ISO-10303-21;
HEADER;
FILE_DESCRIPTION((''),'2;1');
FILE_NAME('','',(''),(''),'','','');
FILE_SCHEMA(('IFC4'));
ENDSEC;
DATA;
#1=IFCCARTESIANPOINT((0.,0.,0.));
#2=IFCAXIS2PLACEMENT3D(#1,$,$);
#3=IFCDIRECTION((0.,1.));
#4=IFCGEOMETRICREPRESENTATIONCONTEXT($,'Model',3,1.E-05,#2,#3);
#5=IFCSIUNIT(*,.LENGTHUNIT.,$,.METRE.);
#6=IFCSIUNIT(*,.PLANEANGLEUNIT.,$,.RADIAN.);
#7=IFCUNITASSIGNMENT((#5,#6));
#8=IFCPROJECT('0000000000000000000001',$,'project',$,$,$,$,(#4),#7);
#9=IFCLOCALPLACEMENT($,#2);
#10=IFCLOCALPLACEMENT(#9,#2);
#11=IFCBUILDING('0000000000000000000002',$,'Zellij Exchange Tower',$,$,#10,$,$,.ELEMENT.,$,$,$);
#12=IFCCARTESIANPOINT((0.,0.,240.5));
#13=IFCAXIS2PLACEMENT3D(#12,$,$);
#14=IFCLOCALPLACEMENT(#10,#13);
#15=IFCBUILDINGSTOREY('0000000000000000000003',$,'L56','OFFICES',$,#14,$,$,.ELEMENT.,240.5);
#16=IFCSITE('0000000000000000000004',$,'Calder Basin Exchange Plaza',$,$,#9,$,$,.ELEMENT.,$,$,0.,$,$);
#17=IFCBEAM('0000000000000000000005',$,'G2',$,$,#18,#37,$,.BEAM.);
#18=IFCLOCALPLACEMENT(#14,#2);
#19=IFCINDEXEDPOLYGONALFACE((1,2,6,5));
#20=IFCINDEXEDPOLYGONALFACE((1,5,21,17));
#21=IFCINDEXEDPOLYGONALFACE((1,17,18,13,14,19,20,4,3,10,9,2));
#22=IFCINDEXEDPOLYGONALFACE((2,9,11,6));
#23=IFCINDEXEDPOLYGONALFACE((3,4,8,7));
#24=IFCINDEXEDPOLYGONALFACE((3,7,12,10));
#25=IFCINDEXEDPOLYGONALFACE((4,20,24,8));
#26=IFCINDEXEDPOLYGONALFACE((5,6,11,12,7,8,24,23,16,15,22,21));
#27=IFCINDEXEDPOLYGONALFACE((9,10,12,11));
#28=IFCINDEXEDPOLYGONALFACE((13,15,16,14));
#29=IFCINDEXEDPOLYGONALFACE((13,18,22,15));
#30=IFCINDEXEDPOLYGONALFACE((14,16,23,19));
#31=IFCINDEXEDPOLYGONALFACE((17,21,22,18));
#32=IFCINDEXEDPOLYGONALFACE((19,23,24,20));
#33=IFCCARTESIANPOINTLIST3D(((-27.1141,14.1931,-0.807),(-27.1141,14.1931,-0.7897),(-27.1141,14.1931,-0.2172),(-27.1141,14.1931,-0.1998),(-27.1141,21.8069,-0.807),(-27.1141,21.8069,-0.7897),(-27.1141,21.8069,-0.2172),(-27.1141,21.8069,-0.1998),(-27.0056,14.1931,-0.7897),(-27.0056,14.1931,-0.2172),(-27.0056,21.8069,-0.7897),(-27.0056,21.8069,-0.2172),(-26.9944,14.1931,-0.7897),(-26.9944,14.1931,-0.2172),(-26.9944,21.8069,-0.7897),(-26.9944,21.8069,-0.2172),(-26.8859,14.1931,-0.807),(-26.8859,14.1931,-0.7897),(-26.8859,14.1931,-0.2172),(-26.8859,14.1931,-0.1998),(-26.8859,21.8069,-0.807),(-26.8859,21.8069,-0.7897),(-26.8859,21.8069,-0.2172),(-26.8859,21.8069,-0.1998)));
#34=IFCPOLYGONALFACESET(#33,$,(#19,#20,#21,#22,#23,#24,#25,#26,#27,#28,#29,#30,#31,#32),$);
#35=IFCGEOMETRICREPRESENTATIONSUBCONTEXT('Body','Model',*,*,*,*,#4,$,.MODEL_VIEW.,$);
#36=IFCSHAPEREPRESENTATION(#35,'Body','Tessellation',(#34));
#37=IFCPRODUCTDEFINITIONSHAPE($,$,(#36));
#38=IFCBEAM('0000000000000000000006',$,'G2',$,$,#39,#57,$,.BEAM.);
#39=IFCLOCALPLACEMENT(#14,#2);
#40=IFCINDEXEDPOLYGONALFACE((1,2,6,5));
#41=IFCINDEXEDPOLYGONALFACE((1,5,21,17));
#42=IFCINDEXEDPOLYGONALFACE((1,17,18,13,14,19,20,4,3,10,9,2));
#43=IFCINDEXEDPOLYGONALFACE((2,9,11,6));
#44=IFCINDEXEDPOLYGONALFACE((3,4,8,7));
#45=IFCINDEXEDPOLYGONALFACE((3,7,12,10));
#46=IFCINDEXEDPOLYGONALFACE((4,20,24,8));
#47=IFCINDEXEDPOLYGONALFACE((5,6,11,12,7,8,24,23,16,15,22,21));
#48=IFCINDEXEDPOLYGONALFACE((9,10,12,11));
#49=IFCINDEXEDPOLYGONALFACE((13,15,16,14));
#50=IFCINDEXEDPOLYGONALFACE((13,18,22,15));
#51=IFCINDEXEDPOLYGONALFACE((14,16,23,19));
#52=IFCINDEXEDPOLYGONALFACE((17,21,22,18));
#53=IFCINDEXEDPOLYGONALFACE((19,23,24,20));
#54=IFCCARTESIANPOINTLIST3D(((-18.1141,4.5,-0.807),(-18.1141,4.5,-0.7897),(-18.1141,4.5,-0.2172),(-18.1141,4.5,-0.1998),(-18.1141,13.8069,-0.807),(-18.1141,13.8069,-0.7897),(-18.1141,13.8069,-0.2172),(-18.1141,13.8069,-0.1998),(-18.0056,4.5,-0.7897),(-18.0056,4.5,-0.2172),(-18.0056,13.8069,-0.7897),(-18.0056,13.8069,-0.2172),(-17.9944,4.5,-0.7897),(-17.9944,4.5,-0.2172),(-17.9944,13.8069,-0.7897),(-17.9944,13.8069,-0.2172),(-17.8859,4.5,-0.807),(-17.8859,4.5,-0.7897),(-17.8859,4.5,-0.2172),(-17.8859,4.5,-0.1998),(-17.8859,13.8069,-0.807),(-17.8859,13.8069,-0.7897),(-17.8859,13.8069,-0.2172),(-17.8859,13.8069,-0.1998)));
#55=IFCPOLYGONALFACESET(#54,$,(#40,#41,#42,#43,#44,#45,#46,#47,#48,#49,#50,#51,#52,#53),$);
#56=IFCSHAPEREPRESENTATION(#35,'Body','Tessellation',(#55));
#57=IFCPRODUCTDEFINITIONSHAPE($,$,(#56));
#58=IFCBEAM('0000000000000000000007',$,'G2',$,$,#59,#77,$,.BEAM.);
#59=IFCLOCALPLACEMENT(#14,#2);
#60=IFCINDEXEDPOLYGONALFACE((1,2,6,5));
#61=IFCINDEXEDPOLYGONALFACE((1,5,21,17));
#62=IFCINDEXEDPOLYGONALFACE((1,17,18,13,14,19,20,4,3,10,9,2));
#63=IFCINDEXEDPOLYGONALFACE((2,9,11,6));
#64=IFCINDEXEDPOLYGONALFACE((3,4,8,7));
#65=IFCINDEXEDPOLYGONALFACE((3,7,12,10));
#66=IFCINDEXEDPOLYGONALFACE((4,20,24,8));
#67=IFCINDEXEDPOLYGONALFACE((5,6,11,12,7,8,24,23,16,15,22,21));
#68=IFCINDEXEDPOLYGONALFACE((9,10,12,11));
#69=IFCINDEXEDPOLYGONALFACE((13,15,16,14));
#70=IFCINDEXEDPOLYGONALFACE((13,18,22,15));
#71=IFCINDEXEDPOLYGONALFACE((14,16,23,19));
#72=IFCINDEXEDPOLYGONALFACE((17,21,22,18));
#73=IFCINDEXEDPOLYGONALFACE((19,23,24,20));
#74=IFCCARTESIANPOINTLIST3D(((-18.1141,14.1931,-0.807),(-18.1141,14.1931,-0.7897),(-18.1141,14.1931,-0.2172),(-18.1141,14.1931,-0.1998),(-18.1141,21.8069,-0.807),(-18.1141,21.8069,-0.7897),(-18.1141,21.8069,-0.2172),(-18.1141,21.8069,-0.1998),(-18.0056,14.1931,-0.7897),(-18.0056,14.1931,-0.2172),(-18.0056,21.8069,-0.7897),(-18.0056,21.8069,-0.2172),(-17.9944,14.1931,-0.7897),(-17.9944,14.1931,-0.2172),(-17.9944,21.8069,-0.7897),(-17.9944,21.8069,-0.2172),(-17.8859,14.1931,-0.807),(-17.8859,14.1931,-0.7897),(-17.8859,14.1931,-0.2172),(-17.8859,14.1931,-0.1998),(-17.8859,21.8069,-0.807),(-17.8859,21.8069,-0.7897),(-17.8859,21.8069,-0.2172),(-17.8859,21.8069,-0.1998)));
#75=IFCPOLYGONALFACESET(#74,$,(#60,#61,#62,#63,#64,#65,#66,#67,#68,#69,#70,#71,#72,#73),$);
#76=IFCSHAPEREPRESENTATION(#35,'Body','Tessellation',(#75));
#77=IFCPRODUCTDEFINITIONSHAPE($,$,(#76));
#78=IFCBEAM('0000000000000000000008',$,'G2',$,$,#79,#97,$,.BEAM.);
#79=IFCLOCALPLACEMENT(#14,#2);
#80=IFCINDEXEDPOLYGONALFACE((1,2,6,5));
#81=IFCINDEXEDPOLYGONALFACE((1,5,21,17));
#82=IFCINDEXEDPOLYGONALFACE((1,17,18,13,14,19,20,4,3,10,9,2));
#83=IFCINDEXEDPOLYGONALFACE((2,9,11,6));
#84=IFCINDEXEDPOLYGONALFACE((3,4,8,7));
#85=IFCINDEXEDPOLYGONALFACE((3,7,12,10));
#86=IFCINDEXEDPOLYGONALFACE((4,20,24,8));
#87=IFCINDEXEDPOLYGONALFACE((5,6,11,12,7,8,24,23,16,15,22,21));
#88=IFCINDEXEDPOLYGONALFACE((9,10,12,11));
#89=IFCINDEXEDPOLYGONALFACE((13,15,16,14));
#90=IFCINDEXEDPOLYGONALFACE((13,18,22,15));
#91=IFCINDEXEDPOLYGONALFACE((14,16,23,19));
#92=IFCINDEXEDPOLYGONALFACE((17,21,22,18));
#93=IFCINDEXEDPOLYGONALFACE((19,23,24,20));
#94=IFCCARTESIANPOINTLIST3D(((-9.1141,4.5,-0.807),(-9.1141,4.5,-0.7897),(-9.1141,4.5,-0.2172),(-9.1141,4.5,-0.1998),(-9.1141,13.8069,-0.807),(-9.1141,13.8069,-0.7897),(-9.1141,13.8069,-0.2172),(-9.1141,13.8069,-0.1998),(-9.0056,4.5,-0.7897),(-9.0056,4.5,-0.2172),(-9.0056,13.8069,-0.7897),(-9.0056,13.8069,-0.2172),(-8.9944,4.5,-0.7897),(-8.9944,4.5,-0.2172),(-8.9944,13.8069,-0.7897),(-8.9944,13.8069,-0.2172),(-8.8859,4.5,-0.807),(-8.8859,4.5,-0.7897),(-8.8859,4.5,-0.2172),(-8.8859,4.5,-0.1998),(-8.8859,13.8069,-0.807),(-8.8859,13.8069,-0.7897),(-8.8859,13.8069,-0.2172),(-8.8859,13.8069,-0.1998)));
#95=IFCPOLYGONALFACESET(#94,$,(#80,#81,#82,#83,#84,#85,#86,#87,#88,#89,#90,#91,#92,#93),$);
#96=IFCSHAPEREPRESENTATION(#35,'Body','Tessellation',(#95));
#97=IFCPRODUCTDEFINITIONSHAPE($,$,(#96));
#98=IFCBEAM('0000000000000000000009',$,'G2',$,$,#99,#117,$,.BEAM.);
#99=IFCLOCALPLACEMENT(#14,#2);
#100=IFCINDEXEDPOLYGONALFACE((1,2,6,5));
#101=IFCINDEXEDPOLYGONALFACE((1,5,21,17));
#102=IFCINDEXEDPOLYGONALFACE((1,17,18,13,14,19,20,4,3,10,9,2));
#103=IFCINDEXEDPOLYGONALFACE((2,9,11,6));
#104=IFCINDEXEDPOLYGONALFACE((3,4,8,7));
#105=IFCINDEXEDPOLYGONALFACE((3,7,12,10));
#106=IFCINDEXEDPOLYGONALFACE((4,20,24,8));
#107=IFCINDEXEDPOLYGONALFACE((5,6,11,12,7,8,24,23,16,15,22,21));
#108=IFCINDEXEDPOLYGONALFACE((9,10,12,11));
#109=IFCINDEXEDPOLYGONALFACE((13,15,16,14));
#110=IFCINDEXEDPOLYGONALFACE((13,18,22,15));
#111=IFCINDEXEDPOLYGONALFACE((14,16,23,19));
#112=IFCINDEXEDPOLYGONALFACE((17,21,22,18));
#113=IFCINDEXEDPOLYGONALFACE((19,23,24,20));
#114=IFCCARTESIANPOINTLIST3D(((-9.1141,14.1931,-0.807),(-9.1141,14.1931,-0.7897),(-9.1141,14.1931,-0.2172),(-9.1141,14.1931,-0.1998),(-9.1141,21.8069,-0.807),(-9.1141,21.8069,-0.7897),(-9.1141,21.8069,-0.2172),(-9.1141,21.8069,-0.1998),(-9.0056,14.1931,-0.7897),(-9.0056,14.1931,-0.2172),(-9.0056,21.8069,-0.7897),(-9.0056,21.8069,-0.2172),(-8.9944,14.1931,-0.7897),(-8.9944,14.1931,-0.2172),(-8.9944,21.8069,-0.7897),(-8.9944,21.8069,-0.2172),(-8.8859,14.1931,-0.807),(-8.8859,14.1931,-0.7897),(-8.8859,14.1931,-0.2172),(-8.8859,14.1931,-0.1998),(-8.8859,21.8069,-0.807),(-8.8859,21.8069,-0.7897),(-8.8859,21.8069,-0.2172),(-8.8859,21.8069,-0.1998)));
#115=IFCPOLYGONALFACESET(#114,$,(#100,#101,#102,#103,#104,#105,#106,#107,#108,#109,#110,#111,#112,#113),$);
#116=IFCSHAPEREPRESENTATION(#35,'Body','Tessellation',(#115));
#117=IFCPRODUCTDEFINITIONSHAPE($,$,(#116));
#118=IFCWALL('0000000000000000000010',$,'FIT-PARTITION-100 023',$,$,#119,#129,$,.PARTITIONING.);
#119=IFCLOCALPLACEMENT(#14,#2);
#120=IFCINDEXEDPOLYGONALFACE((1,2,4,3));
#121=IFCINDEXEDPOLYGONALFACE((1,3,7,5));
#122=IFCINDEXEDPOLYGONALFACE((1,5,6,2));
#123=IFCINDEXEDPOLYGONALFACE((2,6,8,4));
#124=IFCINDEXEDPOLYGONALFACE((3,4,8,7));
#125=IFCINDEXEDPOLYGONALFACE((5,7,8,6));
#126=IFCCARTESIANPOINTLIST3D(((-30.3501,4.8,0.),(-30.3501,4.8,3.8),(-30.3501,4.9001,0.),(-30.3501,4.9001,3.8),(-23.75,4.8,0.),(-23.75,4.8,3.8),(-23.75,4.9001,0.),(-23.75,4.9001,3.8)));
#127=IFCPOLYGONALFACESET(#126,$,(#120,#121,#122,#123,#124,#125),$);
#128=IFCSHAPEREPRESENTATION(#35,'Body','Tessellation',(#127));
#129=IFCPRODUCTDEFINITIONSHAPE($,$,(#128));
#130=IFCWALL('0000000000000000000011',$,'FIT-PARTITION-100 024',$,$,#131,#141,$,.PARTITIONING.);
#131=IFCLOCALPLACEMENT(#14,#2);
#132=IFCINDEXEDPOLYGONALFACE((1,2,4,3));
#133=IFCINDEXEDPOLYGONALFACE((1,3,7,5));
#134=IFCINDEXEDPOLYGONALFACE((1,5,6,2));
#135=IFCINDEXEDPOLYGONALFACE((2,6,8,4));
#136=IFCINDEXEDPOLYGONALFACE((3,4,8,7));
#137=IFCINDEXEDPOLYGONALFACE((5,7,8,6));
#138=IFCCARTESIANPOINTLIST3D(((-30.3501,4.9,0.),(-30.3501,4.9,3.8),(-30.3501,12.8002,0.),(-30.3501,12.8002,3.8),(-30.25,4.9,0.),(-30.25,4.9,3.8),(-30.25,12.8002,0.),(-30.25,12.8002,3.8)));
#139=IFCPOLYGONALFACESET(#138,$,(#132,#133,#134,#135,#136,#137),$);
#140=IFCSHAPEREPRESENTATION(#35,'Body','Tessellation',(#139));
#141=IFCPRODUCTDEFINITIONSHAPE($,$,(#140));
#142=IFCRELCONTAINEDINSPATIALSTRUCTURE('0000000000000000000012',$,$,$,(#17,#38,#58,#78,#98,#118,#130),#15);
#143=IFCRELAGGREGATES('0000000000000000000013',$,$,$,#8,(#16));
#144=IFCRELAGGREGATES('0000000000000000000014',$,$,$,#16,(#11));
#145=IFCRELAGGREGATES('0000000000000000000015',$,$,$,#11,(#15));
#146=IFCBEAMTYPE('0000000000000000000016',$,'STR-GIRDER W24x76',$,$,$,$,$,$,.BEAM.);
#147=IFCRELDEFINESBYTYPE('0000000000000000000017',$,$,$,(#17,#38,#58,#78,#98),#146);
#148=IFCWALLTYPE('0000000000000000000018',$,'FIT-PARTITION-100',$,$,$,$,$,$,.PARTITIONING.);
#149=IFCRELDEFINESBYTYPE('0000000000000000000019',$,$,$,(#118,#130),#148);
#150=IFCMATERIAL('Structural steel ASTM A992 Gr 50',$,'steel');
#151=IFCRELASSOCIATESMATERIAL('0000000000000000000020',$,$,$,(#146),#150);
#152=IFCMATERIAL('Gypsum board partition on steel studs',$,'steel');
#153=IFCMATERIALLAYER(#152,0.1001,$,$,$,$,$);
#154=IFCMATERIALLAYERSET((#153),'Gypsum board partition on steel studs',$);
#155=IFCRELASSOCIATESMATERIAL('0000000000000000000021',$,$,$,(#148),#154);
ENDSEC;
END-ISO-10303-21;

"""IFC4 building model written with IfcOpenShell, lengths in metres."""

from ifc_helpers import new_model, si_unit, direction, frame, frame_2d, origin, origin_2d, place, context, subcontext, project, spatial, rectangle, i_section, extrude, material, layer, layer_set, material_profile, profile_set, type_object, element, save


model = new_model("IFC4")

# Units and contexts
model_context = context("Model", 3, precision=1e-05, world=origin(), true_north=direction((0.0, 1.0)))
body_context = subcontext(model_context, "Body", "Model", "MODEL_VIEW")
ifc_project = project(units=[si_unit("LENGTHUNIT", "METRE"), si_unit("PLANEANGLEUNIT", "RADIAN")], contexts=[model_context])

# Site, building, storey
site_placement = place(None, origin())
site = spatial("IfcSite", under=ifc_project, at=site_placement, Name="Calder Basin Exchange Plaza", CompositionType="ELEMENT", RefElevation=0.0)
building_placement = place(site_placement, origin())
building = spatial("IfcBuilding", under=site, at=building_placement, Name="Zellij Exchange Tower", CompositionType="ELEMENT")
storey_placement = place(building_placement, frame((0.0, 0.0, 240.5)))
storey = spatial("IfcBuildingStorey", under=building, at=storey_placement, Name="L56", Description="OFFICES", CompositionType="ELEMENT", Elevation=240.5)

# Shared definitions
ifc_material_1 = material(Name="Structural steel ASTM A992 Gr 50", Category="steel")

# Beams
ifc_material_profile_1 = material_profile(ifc_material_1, i_section(OverallWidth=0.2283, OverallDepth=0.6072, WebThickness=0.0112, FlangeThickness=0.0173, at=origin_2d()), Name="W24x76")
ifc_profile_set_1 = profile_set([ifc_material_profile_1], Name="Structural steel ASTM A992 Gr 50")
beam_type = type_object("IfcBeamType", Name="STR-GIRDER W24x76", PredefinedType="BEAM", material=ifc_profile_set_1)
beam_1_placement = place(storey_placement, frame((-27.0, 14.1931, -0.5034), z_axis=(0.0, 1.0, 0.0), x_axis=(-1.0, 0.0, 0.0)))
element("IfcBeam", 1, at=beam_1_placement, inside=storey, type_object=beam_type, Name="G2", PredefinedType="BEAM", context=body_context, shape_type="SweptSolid", body=[
    extrude(i_section(OverallWidth=0.2283, OverallDepth=0.6072, WebThickness=0.0112, FlangeThickness=0.0173, at=origin_2d()), origin(), (0.0, 0.0, 1.0), 7.6138),
])
beam_2_placement = place(storey_placement, frame((-18.0, 4.5, -0.5034), z_axis=(0.0, 1.0, 0.0), x_axis=(-1.0, 0.0, 0.0)))
element("IfcBeam", 2, at=beam_2_placement, inside=storey, type_object=beam_type, Name="G2", PredefinedType="BEAM", context=body_context, shape_type="SweptSolid", body=[
    extrude(i_section(OverallWidth=0.2283, OverallDepth=0.6072, WebThickness=0.0112, FlangeThickness=0.0173, at=origin_2d()), origin(), (0.0, 0.0, 1.0), 9.3069),
])
beam_3_placement = place(storey_placement, frame((-18.0, 14.1931, -0.5034), z_axis=(0.0, 1.0, 0.0), x_axis=(-1.0, 0.0, 0.0)))
element("IfcBeam", 3, at=beam_3_placement, inside=storey, type_object=beam_type, Name="G2", PredefinedType="BEAM", context=body_context, shape_type="SweptSolid", body=[
    extrude(i_section(OverallWidth=0.2283, OverallDepth=0.6072, WebThickness=0.0112, FlangeThickness=0.0173, at=origin_2d()), origin(), (0.0, 0.0, 1.0), 7.6138),
])
beam_4_placement = place(storey_placement, frame((-9.0, 4.5, -0.5034), z_axis=(0.0, 1.0, 0.0), x_axis=(-1.0, 0.0, 0.0)))
element("IfcBeam", 4, at=beam_4_placement, inside=storey, type_object=beam_type, Name="G2", PredefinedType="BEAM", context=body_context, shape_type="SweptSolid", body=[
    extrude(i_section(OverallWidth=0.2283, OverallDepth=0.6072, WebThickness=0.0112, FlangeThickness=0.0173, at=origin_2d()), origin(), (0.0, 0.0, 1.0), 9.3069),
])
beam_5_placement = place(storey_placement, frame((-9.0, 14.1931, -0.5034), z_axis=(0.0, 1.0, 0.0), x_axis=(-1.0, 0.0, 0.0)))
element("IfcBeam", 5, at=beam_5_placement, inside=storey, type_object=beam_type, Name="G2", PredefinedType="BEAM", context=body_context, shape_type="SweptSolid", body=[
    extrude(i_section(OverallWidth=0.2283, OverallDepth=0.6072, WebThickness=0.0112, FlangeThickness=0.0173, at=origin_2d()), origin(), (0.0, 0.0, 1.0), 7.6138),
])

# Walls
ifc_material_2 = material(Name="Gypsum board partition on steel studs", Category="steel")
ifc_layer = layer(ifc_material_2, 0.1001)
ifc_layer_set = layer_set([ifc_layer], Name="Gypsum board partition on steel studs")
wall_type = type_object("IfcWallType", Name="FIT-PARTITION-100", PredefinedType="PARTITIONING", material=ifc_layer_set)
wall_1_placement = place(storey_placement, frame((-30.3501, 4.8501, 0.0), z_axis=(0.0, 0.0, 1.0), x_axis=(1.0, 0.0, 0.0)))
element("IfcWall", 6, at=wall_1_placement, inside=storey, type_object=wall_type, Name="FIT-PARTITION-100 023", PredefinedType="PARTITIONING", context=body_context, shape_type="SweptSolid", body=[
    extrude(rectangle(XDim=6.6001, YDim=0.1001, at=frame_2d((3.3, 0.0))), origin(), (0.0, 0.0, 1.0), 3.8),
])
wall_2_placement = place(storey_placement, frame((-30.3, 4.8999, 0.0), z_axis=(0.0, 0.0, 1.0), x_axis=(0.0, 1.0, 0.0)))
element("IfcWall", 7, at=wall_2_placement, inside=storey, type_object=wall_type, Name="FIT-PARTITION-100 024", PredefinedType="PARTITIONING", context=body_context, shape_type="SweptSolid", body=[
    extrude(rectangle(XDim=7.9001, YDim=0.1001, at=frame_2d((3.9502, 0.0))), origin(), (0.0, 0.0, 1.0), 3.8),
])

save(model, "model.ifc")
